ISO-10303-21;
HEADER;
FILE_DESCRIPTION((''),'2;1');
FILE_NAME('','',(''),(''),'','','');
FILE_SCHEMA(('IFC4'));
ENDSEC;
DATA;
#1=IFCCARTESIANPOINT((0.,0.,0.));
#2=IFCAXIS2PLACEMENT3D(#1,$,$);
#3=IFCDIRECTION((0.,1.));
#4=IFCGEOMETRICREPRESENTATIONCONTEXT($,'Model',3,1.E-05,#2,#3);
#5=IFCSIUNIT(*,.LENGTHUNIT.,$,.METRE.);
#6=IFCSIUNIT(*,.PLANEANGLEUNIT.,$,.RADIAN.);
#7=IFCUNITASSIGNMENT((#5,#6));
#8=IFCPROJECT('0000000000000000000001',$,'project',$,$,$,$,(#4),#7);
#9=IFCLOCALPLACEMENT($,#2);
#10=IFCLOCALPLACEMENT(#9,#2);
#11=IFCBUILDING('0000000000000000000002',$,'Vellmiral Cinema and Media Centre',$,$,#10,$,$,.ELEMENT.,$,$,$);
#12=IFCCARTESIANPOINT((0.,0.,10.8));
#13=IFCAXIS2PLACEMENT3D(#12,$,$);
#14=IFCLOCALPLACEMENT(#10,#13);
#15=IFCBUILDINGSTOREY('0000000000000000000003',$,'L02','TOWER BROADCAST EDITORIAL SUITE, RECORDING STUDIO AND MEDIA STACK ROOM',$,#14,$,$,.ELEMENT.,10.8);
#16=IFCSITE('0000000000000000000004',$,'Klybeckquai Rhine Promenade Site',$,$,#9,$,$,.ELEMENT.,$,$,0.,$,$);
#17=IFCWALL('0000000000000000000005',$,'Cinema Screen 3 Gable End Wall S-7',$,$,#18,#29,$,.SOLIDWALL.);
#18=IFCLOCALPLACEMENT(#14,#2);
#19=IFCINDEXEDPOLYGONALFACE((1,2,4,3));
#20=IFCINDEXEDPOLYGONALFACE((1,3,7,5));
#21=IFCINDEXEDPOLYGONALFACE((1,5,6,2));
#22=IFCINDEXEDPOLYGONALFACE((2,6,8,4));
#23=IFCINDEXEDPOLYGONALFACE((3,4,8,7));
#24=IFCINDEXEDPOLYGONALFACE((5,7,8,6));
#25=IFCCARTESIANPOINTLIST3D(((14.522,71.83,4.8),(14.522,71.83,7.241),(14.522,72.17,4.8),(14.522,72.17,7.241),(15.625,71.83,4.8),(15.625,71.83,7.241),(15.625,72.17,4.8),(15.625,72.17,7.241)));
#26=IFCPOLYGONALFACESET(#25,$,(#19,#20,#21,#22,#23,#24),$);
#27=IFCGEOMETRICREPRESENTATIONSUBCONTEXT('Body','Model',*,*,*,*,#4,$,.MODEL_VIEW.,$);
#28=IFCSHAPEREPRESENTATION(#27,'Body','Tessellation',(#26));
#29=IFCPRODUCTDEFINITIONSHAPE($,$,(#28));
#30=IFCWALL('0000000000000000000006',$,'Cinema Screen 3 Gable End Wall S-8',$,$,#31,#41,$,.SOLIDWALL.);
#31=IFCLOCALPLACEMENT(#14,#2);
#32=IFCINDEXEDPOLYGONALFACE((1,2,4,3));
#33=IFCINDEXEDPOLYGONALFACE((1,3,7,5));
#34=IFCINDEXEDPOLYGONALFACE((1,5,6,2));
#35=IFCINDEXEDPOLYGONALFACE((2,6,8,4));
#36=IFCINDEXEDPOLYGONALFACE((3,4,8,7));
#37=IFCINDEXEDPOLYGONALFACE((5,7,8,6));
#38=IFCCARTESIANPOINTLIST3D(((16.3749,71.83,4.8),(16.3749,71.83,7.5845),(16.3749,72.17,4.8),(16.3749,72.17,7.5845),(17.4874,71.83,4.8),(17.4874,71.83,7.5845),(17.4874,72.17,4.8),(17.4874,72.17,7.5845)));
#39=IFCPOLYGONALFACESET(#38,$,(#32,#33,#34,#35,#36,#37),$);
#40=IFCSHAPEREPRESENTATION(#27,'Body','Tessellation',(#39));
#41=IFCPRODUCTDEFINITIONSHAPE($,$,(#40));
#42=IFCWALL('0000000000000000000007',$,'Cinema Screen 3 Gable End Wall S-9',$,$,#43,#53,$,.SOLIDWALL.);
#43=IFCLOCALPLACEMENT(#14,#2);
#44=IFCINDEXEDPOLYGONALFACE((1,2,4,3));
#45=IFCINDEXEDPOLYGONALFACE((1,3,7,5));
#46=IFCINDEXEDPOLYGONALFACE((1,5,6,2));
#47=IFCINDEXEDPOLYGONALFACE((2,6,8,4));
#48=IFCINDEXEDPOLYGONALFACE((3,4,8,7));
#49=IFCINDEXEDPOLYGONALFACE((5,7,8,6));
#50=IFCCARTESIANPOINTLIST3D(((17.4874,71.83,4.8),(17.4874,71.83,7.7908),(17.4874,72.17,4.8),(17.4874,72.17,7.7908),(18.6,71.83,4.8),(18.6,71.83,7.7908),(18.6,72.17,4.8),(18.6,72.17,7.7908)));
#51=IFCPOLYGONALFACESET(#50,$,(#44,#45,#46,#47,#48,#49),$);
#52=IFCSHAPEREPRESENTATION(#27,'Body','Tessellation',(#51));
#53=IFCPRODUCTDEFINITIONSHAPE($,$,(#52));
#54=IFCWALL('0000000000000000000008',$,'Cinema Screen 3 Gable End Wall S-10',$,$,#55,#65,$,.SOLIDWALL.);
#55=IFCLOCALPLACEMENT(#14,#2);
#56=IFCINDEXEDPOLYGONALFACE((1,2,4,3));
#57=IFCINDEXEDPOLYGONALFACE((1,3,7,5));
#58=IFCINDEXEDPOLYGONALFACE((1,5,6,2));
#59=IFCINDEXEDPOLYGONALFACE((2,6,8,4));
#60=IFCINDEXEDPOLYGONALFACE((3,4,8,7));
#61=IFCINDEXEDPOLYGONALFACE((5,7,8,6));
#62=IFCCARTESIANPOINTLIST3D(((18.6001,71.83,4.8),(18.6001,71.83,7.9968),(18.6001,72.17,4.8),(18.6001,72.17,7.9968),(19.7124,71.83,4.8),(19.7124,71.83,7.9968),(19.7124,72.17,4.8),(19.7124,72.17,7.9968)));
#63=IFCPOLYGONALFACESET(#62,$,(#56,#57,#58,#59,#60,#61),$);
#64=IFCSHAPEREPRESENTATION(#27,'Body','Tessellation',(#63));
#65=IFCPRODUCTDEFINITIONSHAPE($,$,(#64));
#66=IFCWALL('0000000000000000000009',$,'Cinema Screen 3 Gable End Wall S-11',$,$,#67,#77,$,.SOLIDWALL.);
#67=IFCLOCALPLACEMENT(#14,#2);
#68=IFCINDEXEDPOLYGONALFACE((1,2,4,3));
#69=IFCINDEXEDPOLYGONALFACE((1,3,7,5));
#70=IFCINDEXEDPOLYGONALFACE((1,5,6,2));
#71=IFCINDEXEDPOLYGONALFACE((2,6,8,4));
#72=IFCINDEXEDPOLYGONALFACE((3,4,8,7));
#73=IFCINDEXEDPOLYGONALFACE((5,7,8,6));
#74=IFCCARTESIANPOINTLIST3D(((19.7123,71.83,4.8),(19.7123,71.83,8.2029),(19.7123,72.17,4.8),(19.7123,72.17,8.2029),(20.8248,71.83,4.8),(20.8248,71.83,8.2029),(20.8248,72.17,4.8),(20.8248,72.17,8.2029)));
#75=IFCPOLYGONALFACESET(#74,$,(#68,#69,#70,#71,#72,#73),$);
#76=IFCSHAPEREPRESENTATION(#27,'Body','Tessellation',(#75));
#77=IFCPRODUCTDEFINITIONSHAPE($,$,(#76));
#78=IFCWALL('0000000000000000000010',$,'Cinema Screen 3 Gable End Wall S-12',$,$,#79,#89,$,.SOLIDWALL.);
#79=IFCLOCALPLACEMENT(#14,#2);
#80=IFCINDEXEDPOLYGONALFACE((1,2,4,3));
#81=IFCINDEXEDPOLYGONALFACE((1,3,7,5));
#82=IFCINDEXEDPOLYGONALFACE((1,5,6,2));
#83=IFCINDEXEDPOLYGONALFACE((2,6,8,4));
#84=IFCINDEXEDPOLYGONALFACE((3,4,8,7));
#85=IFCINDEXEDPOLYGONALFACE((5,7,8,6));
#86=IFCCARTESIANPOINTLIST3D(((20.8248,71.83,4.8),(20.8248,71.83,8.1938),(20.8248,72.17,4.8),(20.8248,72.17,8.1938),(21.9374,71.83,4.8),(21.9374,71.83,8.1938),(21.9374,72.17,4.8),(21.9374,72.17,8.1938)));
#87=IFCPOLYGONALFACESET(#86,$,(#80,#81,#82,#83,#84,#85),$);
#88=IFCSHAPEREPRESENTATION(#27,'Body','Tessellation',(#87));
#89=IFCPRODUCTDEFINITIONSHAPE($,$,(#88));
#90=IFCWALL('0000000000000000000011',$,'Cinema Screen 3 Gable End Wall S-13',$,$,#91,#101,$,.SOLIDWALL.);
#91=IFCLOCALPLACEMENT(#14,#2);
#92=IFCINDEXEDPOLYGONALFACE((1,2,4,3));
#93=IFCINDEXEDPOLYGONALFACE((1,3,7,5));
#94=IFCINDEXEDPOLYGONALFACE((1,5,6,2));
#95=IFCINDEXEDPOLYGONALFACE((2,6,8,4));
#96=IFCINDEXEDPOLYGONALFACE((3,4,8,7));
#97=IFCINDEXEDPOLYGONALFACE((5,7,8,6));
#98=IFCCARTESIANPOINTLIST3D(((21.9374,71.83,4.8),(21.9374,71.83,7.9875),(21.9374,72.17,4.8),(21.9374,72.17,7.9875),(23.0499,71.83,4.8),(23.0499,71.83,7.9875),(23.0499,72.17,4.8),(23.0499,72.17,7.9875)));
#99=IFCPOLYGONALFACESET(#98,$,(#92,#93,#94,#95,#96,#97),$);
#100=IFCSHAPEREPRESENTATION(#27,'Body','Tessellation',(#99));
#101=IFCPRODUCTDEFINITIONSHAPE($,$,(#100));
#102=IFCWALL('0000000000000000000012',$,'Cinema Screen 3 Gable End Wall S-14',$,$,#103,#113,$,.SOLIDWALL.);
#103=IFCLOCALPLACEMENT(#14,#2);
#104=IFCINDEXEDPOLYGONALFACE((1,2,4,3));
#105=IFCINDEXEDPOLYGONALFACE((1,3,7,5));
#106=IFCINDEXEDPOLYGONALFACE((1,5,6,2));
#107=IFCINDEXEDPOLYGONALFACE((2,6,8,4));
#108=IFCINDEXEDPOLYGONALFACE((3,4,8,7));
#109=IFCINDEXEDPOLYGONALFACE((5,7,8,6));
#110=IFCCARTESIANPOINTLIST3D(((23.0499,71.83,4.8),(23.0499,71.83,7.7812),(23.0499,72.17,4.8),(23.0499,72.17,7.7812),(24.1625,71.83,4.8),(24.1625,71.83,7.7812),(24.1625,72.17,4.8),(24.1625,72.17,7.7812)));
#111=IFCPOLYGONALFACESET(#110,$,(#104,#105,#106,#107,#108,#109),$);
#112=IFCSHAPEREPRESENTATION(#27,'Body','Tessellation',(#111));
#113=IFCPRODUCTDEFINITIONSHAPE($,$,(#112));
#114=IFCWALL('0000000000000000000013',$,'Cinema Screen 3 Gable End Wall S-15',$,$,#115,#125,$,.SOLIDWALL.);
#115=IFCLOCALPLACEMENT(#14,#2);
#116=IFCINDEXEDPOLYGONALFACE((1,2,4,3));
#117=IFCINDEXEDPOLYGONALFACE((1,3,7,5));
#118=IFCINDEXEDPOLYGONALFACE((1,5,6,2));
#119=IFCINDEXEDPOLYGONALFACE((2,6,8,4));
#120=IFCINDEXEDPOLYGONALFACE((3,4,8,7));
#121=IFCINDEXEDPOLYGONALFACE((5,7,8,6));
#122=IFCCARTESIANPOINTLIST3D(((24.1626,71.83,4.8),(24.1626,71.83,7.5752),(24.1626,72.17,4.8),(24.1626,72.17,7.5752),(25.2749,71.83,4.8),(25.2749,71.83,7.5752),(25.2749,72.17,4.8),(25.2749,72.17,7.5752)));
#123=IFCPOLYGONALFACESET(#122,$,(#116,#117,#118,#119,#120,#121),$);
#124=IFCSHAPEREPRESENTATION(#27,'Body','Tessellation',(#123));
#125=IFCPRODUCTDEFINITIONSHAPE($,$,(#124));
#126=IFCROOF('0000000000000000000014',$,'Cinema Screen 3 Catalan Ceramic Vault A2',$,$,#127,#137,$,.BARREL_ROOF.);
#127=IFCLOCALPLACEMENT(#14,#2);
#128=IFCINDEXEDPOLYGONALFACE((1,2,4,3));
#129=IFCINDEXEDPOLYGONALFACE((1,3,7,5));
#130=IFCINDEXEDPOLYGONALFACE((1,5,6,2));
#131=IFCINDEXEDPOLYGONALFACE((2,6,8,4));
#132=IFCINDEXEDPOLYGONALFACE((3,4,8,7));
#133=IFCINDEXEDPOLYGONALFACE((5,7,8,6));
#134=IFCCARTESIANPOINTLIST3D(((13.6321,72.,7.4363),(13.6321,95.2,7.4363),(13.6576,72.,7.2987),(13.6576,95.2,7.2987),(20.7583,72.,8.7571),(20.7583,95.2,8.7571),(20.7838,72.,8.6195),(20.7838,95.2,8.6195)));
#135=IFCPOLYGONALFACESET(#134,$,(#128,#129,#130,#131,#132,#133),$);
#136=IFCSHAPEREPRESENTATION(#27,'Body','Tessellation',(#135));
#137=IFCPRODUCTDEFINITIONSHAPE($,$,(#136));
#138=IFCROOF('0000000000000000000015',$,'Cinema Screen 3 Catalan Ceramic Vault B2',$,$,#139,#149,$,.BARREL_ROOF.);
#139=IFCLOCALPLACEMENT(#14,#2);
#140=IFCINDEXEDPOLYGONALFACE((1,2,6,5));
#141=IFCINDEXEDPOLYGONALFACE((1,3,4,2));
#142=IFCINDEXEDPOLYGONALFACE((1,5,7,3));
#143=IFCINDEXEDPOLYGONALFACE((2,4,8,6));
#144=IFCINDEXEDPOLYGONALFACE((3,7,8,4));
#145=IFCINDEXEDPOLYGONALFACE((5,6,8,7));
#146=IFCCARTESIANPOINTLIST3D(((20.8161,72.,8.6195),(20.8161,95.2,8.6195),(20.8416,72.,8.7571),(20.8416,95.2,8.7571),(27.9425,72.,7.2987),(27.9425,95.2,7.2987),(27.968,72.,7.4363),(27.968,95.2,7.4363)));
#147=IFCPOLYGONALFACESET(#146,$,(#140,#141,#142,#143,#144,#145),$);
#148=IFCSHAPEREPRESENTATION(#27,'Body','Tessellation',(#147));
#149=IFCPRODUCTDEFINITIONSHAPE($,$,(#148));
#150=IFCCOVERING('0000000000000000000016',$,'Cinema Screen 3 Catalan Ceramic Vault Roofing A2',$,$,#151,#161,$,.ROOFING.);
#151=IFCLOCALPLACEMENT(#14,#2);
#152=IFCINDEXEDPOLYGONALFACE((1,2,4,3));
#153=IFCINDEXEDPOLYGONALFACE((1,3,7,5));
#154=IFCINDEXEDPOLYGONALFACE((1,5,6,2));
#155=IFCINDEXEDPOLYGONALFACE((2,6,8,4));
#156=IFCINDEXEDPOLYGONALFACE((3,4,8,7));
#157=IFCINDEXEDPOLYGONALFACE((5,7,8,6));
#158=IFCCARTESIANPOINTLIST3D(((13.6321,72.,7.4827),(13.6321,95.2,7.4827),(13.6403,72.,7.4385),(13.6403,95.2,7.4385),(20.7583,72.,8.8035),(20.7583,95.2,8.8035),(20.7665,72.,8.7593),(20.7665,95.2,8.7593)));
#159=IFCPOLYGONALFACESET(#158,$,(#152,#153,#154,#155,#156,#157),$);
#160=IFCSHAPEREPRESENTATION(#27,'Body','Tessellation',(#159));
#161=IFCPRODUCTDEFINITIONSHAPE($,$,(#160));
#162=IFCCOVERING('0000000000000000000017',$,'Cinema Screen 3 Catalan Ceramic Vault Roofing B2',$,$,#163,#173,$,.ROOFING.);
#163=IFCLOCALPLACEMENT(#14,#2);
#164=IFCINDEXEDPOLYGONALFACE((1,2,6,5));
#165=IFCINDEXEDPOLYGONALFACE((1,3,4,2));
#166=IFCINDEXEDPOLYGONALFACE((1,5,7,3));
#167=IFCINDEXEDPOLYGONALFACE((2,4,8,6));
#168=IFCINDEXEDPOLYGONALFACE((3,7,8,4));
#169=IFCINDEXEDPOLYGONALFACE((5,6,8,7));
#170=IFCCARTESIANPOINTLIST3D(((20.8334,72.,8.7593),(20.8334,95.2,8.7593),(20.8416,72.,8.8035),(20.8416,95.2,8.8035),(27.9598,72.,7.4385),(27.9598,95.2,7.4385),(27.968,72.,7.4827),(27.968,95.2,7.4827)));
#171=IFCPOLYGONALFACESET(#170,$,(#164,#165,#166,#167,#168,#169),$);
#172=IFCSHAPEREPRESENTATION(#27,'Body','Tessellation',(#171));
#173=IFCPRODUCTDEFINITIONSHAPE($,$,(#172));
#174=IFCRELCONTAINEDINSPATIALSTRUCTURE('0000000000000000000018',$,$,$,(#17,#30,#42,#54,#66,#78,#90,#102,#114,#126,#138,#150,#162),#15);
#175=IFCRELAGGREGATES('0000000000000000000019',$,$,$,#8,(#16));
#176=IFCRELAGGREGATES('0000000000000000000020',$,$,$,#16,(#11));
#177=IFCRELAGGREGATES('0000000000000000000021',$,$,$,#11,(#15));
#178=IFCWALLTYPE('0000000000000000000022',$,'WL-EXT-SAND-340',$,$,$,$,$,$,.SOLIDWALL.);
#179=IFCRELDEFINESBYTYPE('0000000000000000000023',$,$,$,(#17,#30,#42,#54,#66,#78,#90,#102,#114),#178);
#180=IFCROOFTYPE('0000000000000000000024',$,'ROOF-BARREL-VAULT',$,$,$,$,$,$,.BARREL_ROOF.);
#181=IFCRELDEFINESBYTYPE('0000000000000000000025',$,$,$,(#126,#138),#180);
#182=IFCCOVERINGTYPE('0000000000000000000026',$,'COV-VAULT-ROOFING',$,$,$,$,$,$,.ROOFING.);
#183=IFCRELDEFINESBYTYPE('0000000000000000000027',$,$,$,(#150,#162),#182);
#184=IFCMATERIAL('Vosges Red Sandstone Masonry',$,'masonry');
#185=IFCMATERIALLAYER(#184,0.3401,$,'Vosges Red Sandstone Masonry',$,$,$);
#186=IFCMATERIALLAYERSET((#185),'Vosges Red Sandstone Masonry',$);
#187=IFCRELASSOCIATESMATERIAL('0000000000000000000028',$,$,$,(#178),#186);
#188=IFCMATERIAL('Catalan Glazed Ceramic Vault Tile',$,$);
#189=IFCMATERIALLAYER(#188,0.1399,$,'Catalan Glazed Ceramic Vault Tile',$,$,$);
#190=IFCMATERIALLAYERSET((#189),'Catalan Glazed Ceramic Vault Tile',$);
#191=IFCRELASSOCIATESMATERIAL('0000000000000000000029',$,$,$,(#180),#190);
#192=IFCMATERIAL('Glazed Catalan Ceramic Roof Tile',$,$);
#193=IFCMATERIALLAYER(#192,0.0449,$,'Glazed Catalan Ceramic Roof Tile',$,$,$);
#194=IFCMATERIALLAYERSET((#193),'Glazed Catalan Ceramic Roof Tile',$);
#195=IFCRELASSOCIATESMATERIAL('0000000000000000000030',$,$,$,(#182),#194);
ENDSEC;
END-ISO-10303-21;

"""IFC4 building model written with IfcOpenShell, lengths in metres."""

from ifc_helpers import new_model, si_unit, direction, frame, frame_2d, origin, place, context, subcontext, project, spatial, polyline, rectangle, outline, extrude, material, layer, layer_set, type_object, element, save


model = new_model("IFC4")

# Units and contexts
model_context = context("Model", 3, precision=1e-05, world=origin(), true_north=direction((0.0, 1.0)))
body_context = subcontext(model_context, "Body", "Model", "MODEL_VIEW")
ifc_project = project(units=[si_unit("LENGTHUNIT", "METRE"), si_unit("PLANEANGLEUNIT", "RADIAN")], contexts=[model_context])

# Site, building, storey
site_placement = place(None, origin())
site = spatial("IfcSite", under=ifc_project, at=site_placement, Name="Klybeckquai Rhine Promenade Site", CompositionType="ELEMENT", RefElevation=0.0)
building_placement = place(site_placement, origin())
building = spatial("IfcBuilding", under=site, at=building_placement, Name="Vellmiral Cinema and Media Centre", CompositionType="ELEMENT")
storey_placement = place(building_placement, frame((0.0, 0.0, 10.8)))
storey = spatial("IfcBuildingStorey", under=building, at=storey_placement, Name="L02", Description="TOWER BROADCAST EDITORIAL SUITE, RECORDING STUDIO AND MEDIA STACK ROOM", CompositionType="ELEMENT", Elevation=10.8)

# Walls
ifc_material_1 = material(Name="Vosges Red Sandstone Masonry", Category="masonry")
ifc_layer_1 = layer(ifc_material_1, 0.3401, Name="Vosges Red Sandstone Masonry")
ifc_layer_set_1 = layer_set([ifc_layer_1], Name="Vosges Red Sandstone Masonry")
wall_type = type_object("IfcWallType", Name="WL-EXT-SAND-340", PredefinedType="SOLIDWALL", material=ifc_layer_set_1)
wall_1_placement = place(storey_placement, frame((14.522, 72.0, 4.8), z_axis=(0.0, 0.0, 1.0), x_axis=(1.0, 0.0, 0.0)))
element("IfcWall", 1, at=wall_1_placement, inside=storey, type_object=wall_type, Name="Cinema Screen 3 Gable End Wall S-7", PredefinedType="SOLIDWALL", context=body_context, shape_type="SweptSolid", body=[
    extrude(rectangle(XDim=1.103, YDim=0.3401, at=frame_2d((0.5515, 0.0))), origin(), (0.0, 0.0, 1.0), 2.4409),
])
wall_2_placement = place(storey_placement, frame((16.375, 72.0, 4.8), z_axis=(0.0, 0.0, 1.0), x_axis=(1.0, 0.0, 0.0)))
element("IfcWall", 2, at=wall_2_placement, inside=storey, type_object=wall_type, Name="Cinema Screen 3 Gable End Wall S-8", PredefinedType="SOLIDWALL", context=body_context, shape_type="SweptSolid", body=[
    extrude(rectangle(XDim=1.1125, YDim=0.3401, at=frame_2d((0.5562, 0.0))), origin(), (0.0, 0.0, 1.0), 2.7844),
])
wall_3_placement = place(storey_placement, frame((17.4875, 72.0, 4.8), z_axis=(0.0, 0.0, 1.0), x_axis=(1.0, 0.0, 0.0)))
element("IfcWall", 3, at=wall_3_placement, inside=storey, type_object=wall_type, Name="Cinema Screen 3 Gable End Wall S-9", PredefinedType="SOLIDWALL", context=body_context, shape_type="SweptSolid", body=[
    extrude(rectangle(XDim=1.1125, YDim=0.3401, at=frame_2d((0.5562, 0.0))), origin(), (0.0, 0.0, 1.0), 2.9907),
])
wall_4_placement = place(storey_placement, frame((18.6001, 72.0, 4.8), z_axis=(0.0, 0.0, 1.0), x_axis=(1.0, 0.0, 0.0)))
element("IfcWall", 4, at=wall_4_placement, inside=storey, type_object=wall_type, Name="Cinema Screen 3 Gable End Wall S-10", PredefinedType="SOLIDWALL", context=body_context, shape_type="SweptSolid", body=[
    extrude(rectangle(XDim=1.1123, YDim=0.3401, at=frame_2d((0.5562, 0.0))), origin(), (0.0, 0.0, 1.0), 3.1968),
])
wall_5_placement = place(storey_placement, frame((19.7124, 72.0, 4.8), z_axis=(0.0, 0.0, 1.0), x_axis=(1.0, 0.0, 0.0)))
element("IfcWall", 5, at=wall_5_placement, inside=storey, type_object=wall_type, Name="Cinema Screen 3 Gable End Wall S-11", PredefinedType="SOLIDWALL", context=body_context, shape_type="SweptSolid", body=[
    extrude(rectangle(XDim=1.1125, YDim=0.3401, at=frame_2d((0.5562, 0.0))), origin(), (0.0, 0.0, 1.0), 3.4028),
])
wall_6_placement = place(storey_placement, frame((20.825, 72.0, 4.8), z_axis=(0.0, 0.0, 1.0), x_axis=(1.0, 0.0, 0.0)))
element("IfcWall", 6, at=wall_6_placement, inside=storey, type_object=wall_type, Name="Cinema Screen 3 Gable End Wall S-12", PredefinedType="SOLIDWALL", context=body_context, shape_type="SweptSolid", body=[
    extrude(rectangle(XDim=1.1125, YDim=0.3401, at=frame_2d((0.5562, 0.0))), origin(), (0.0, 0.0, 1.0), 3.3938),
])
wall_7_placement = place(storey_placement, frame((21.9375, 72.0, 4.8), z_axis=(0.0, 0.0, 1.0), x_axis=(1.0, 0.0, 0.0)))
element("IfcWall", 7, at=wall_7_placement, inside=storey, type_object=wall_type, Name="Cinema Screen 3 Gable End Wall S-13", PredefinedType="SOLIDWALL", context=body_context, shape_type="SweptSolid", body=[
    extrude(rectangle(XDim=1.1125, YDim=0.3401, at=frame_2d((0.5562, 0.0))), origin(), (0.0, 0.0, 1.0), 3.1875),
])
wall_8_placement = place(storey_placement, frame((23.05, 72.0, 4.8), z_axis=(0.0, 0.0, 1.0), x_axis=(1.0, 0.0, 0.0)))
element("IfcWall", 8, at=wall_8_placement, inside=storey, type_object=wall_type, Name="Cinema Screen 3 Gable End Wall S-14", PredefinedType="SOLIDWALL", context=body_context, shape_type="SweptSolid", body=[
    extrude(rectangle(XDim=1.1125, YDim=0.3401, at=frame_2d((0.5562, 0.0))), origin(), (0.0, 0.0, 1.0), 2.9812),
])
wall_9_placement = place(storey_placement, frame((24.1626, 72.0, 4.8), z_axis=(0.0, 0.0, 1.0), x_axis=(1.0, 0.0, 0.0)))
element("IfcWall", 9, at=wall_9_placement, inside=storey, type_object=wall_type, Name="Cinema Screen 3 Gable End Wall S-15", PredefinedType="SOLIDWALL", context=body_context, shape_type="SweptSolid", body=[
    extrude(rectangle(XDim=1.1123, YDim=0.3401, at=frame_2d((0.5562, 0.0))), origin(), (0.0, 0.0, 1.0), 2.7751),
])

# Roofs
ifc_material_2 = material(Name="Catalan Glazed Ceramic Vault Tile")
ifc_layer_2 = layer(ifc_material_2, 0.1399, Name="Catalan Glazed Ceramic Vault Tile")
ifc_layer_set_2 = layer_set([ifc_layer_2], Name="Catalan Glazed Ceramic Vault Tile")
roof_type = type_object("IfcRoofType", Name="ROOF-BARREL-VAULT", PredefinedType="BARREL_ROOF", material=ifc_layer_set_2)
roof_1_placement = place(storey_placement, frame((13.6321, 72.0, 7.4363), z_axis=(-0.18224, 0.0, 0.983254), x_axis=(0.983254, 0.0, 0.18224)))
element("IfcRoof", 10, at=roof_1_placement, inside=storey, type_object=roof_type, Name="Cinema Screen 3 Catalan Ceramic Vault A2", PredefinedType="BARREL_ROOF", context=body_context, shape_type="SweptSolid", body=[
    extrude(outline(polyline([(0.0, 0.0), (7.2476, 0.0), (7.2476, 23.2), (0.0, 23.2), (0.0, 0.0)])), origin(), (0.0, 0.0, -1.0), 0.1399),
])
roof_2_placement = place(storey_placement, frame((20.8416, 72.0, 8.7571), z_axis=(0.182234, 0.0, 0.983255), x_axis=(0.983255, 0.0, -0.182234)))
element("IfcRoof", 11, at=roof_2_placement, inside=storey, type_object=roof_type, Name="Cinema Screen 3 Catalan Ceramic Vault B2", PredefinedType="BARREL_ROOF", context=body_context, shape_type="SweptSolid", body=[
    extrude(outline(polyline([(0.0, 0.0), (7.2478, 0.0), (7.2478, 23.2), (0.0, 23.2), (0.0, 0.0)])), origin(), (0.0, 0.0, -1.0), 0.1399),
])

# Coverings
ifc_material_3 = material(Name="Glazed Catalan Ceramic Roof Tile")
ifc_layer_3 = layer(ifc_material_3, 0.0449, Name="Glazed Catalan Ceramic Roof Tile")
ifc_layer_set_3 = layer_set([ifc_layer_3], Name="Glazed Catalan Ceramic Roof Tile")
covering_type = type_object("IfcCoveringType", Name="COV-VAULT-ROOFING", PredefinedType="ROOFING", material=ifc_layer_set_3)
covering_1_placement = place(storey_placement, frame((13.6321, 72.0, 7.4827), z_axis=(-0.18224, 0.0, 0.983254), x_axis=(0.983254, 0.0, 0.18224)))
element("IfcCovering", 12, at=covering_1_placement, inside=storey, type_object=covering_type, Name="Cinema Screen 3 Catalan Ceramic Vault Roofing A2", PredefinedType="ROOFING", context=body_context, shape_type="SweptSolid", body=[
    extrude(outline(polyline([(0.0, 0.0), (7.2476, 0.0), (7.2476, 23.2), (0.0, 23.2), (0.0, 0.0)])), origin(), (0.0, 0.0, -1.0), 0.0449),
])
covering_2_placement = place(storey_placement, frame((20.8416, 72.0, 8.8035), z_axis=(0.182234, 0.0, 0.983255), x_axis=(0.983255, 0.0, -0.182234)))
element("IfcCovering", 13, at=covering_2_placement, inside=storey, type_object=covering_type, Name="Cinema Screen 3 Catalan Ceramic Vault Roofing B2", PredefinedType="ROOFING", context=body_context, shape_type="SweptSolid", body=[
    extrude(outline(polyline([(0.0, 0.0), (7.2478, 0.0), (7.2478, 23.2), (0.0, 23.2), (0.0, 0.0)])), origin(), (0.0, 0.0, -1.0), 0.0449),
])

save(model, "model.ifc")
